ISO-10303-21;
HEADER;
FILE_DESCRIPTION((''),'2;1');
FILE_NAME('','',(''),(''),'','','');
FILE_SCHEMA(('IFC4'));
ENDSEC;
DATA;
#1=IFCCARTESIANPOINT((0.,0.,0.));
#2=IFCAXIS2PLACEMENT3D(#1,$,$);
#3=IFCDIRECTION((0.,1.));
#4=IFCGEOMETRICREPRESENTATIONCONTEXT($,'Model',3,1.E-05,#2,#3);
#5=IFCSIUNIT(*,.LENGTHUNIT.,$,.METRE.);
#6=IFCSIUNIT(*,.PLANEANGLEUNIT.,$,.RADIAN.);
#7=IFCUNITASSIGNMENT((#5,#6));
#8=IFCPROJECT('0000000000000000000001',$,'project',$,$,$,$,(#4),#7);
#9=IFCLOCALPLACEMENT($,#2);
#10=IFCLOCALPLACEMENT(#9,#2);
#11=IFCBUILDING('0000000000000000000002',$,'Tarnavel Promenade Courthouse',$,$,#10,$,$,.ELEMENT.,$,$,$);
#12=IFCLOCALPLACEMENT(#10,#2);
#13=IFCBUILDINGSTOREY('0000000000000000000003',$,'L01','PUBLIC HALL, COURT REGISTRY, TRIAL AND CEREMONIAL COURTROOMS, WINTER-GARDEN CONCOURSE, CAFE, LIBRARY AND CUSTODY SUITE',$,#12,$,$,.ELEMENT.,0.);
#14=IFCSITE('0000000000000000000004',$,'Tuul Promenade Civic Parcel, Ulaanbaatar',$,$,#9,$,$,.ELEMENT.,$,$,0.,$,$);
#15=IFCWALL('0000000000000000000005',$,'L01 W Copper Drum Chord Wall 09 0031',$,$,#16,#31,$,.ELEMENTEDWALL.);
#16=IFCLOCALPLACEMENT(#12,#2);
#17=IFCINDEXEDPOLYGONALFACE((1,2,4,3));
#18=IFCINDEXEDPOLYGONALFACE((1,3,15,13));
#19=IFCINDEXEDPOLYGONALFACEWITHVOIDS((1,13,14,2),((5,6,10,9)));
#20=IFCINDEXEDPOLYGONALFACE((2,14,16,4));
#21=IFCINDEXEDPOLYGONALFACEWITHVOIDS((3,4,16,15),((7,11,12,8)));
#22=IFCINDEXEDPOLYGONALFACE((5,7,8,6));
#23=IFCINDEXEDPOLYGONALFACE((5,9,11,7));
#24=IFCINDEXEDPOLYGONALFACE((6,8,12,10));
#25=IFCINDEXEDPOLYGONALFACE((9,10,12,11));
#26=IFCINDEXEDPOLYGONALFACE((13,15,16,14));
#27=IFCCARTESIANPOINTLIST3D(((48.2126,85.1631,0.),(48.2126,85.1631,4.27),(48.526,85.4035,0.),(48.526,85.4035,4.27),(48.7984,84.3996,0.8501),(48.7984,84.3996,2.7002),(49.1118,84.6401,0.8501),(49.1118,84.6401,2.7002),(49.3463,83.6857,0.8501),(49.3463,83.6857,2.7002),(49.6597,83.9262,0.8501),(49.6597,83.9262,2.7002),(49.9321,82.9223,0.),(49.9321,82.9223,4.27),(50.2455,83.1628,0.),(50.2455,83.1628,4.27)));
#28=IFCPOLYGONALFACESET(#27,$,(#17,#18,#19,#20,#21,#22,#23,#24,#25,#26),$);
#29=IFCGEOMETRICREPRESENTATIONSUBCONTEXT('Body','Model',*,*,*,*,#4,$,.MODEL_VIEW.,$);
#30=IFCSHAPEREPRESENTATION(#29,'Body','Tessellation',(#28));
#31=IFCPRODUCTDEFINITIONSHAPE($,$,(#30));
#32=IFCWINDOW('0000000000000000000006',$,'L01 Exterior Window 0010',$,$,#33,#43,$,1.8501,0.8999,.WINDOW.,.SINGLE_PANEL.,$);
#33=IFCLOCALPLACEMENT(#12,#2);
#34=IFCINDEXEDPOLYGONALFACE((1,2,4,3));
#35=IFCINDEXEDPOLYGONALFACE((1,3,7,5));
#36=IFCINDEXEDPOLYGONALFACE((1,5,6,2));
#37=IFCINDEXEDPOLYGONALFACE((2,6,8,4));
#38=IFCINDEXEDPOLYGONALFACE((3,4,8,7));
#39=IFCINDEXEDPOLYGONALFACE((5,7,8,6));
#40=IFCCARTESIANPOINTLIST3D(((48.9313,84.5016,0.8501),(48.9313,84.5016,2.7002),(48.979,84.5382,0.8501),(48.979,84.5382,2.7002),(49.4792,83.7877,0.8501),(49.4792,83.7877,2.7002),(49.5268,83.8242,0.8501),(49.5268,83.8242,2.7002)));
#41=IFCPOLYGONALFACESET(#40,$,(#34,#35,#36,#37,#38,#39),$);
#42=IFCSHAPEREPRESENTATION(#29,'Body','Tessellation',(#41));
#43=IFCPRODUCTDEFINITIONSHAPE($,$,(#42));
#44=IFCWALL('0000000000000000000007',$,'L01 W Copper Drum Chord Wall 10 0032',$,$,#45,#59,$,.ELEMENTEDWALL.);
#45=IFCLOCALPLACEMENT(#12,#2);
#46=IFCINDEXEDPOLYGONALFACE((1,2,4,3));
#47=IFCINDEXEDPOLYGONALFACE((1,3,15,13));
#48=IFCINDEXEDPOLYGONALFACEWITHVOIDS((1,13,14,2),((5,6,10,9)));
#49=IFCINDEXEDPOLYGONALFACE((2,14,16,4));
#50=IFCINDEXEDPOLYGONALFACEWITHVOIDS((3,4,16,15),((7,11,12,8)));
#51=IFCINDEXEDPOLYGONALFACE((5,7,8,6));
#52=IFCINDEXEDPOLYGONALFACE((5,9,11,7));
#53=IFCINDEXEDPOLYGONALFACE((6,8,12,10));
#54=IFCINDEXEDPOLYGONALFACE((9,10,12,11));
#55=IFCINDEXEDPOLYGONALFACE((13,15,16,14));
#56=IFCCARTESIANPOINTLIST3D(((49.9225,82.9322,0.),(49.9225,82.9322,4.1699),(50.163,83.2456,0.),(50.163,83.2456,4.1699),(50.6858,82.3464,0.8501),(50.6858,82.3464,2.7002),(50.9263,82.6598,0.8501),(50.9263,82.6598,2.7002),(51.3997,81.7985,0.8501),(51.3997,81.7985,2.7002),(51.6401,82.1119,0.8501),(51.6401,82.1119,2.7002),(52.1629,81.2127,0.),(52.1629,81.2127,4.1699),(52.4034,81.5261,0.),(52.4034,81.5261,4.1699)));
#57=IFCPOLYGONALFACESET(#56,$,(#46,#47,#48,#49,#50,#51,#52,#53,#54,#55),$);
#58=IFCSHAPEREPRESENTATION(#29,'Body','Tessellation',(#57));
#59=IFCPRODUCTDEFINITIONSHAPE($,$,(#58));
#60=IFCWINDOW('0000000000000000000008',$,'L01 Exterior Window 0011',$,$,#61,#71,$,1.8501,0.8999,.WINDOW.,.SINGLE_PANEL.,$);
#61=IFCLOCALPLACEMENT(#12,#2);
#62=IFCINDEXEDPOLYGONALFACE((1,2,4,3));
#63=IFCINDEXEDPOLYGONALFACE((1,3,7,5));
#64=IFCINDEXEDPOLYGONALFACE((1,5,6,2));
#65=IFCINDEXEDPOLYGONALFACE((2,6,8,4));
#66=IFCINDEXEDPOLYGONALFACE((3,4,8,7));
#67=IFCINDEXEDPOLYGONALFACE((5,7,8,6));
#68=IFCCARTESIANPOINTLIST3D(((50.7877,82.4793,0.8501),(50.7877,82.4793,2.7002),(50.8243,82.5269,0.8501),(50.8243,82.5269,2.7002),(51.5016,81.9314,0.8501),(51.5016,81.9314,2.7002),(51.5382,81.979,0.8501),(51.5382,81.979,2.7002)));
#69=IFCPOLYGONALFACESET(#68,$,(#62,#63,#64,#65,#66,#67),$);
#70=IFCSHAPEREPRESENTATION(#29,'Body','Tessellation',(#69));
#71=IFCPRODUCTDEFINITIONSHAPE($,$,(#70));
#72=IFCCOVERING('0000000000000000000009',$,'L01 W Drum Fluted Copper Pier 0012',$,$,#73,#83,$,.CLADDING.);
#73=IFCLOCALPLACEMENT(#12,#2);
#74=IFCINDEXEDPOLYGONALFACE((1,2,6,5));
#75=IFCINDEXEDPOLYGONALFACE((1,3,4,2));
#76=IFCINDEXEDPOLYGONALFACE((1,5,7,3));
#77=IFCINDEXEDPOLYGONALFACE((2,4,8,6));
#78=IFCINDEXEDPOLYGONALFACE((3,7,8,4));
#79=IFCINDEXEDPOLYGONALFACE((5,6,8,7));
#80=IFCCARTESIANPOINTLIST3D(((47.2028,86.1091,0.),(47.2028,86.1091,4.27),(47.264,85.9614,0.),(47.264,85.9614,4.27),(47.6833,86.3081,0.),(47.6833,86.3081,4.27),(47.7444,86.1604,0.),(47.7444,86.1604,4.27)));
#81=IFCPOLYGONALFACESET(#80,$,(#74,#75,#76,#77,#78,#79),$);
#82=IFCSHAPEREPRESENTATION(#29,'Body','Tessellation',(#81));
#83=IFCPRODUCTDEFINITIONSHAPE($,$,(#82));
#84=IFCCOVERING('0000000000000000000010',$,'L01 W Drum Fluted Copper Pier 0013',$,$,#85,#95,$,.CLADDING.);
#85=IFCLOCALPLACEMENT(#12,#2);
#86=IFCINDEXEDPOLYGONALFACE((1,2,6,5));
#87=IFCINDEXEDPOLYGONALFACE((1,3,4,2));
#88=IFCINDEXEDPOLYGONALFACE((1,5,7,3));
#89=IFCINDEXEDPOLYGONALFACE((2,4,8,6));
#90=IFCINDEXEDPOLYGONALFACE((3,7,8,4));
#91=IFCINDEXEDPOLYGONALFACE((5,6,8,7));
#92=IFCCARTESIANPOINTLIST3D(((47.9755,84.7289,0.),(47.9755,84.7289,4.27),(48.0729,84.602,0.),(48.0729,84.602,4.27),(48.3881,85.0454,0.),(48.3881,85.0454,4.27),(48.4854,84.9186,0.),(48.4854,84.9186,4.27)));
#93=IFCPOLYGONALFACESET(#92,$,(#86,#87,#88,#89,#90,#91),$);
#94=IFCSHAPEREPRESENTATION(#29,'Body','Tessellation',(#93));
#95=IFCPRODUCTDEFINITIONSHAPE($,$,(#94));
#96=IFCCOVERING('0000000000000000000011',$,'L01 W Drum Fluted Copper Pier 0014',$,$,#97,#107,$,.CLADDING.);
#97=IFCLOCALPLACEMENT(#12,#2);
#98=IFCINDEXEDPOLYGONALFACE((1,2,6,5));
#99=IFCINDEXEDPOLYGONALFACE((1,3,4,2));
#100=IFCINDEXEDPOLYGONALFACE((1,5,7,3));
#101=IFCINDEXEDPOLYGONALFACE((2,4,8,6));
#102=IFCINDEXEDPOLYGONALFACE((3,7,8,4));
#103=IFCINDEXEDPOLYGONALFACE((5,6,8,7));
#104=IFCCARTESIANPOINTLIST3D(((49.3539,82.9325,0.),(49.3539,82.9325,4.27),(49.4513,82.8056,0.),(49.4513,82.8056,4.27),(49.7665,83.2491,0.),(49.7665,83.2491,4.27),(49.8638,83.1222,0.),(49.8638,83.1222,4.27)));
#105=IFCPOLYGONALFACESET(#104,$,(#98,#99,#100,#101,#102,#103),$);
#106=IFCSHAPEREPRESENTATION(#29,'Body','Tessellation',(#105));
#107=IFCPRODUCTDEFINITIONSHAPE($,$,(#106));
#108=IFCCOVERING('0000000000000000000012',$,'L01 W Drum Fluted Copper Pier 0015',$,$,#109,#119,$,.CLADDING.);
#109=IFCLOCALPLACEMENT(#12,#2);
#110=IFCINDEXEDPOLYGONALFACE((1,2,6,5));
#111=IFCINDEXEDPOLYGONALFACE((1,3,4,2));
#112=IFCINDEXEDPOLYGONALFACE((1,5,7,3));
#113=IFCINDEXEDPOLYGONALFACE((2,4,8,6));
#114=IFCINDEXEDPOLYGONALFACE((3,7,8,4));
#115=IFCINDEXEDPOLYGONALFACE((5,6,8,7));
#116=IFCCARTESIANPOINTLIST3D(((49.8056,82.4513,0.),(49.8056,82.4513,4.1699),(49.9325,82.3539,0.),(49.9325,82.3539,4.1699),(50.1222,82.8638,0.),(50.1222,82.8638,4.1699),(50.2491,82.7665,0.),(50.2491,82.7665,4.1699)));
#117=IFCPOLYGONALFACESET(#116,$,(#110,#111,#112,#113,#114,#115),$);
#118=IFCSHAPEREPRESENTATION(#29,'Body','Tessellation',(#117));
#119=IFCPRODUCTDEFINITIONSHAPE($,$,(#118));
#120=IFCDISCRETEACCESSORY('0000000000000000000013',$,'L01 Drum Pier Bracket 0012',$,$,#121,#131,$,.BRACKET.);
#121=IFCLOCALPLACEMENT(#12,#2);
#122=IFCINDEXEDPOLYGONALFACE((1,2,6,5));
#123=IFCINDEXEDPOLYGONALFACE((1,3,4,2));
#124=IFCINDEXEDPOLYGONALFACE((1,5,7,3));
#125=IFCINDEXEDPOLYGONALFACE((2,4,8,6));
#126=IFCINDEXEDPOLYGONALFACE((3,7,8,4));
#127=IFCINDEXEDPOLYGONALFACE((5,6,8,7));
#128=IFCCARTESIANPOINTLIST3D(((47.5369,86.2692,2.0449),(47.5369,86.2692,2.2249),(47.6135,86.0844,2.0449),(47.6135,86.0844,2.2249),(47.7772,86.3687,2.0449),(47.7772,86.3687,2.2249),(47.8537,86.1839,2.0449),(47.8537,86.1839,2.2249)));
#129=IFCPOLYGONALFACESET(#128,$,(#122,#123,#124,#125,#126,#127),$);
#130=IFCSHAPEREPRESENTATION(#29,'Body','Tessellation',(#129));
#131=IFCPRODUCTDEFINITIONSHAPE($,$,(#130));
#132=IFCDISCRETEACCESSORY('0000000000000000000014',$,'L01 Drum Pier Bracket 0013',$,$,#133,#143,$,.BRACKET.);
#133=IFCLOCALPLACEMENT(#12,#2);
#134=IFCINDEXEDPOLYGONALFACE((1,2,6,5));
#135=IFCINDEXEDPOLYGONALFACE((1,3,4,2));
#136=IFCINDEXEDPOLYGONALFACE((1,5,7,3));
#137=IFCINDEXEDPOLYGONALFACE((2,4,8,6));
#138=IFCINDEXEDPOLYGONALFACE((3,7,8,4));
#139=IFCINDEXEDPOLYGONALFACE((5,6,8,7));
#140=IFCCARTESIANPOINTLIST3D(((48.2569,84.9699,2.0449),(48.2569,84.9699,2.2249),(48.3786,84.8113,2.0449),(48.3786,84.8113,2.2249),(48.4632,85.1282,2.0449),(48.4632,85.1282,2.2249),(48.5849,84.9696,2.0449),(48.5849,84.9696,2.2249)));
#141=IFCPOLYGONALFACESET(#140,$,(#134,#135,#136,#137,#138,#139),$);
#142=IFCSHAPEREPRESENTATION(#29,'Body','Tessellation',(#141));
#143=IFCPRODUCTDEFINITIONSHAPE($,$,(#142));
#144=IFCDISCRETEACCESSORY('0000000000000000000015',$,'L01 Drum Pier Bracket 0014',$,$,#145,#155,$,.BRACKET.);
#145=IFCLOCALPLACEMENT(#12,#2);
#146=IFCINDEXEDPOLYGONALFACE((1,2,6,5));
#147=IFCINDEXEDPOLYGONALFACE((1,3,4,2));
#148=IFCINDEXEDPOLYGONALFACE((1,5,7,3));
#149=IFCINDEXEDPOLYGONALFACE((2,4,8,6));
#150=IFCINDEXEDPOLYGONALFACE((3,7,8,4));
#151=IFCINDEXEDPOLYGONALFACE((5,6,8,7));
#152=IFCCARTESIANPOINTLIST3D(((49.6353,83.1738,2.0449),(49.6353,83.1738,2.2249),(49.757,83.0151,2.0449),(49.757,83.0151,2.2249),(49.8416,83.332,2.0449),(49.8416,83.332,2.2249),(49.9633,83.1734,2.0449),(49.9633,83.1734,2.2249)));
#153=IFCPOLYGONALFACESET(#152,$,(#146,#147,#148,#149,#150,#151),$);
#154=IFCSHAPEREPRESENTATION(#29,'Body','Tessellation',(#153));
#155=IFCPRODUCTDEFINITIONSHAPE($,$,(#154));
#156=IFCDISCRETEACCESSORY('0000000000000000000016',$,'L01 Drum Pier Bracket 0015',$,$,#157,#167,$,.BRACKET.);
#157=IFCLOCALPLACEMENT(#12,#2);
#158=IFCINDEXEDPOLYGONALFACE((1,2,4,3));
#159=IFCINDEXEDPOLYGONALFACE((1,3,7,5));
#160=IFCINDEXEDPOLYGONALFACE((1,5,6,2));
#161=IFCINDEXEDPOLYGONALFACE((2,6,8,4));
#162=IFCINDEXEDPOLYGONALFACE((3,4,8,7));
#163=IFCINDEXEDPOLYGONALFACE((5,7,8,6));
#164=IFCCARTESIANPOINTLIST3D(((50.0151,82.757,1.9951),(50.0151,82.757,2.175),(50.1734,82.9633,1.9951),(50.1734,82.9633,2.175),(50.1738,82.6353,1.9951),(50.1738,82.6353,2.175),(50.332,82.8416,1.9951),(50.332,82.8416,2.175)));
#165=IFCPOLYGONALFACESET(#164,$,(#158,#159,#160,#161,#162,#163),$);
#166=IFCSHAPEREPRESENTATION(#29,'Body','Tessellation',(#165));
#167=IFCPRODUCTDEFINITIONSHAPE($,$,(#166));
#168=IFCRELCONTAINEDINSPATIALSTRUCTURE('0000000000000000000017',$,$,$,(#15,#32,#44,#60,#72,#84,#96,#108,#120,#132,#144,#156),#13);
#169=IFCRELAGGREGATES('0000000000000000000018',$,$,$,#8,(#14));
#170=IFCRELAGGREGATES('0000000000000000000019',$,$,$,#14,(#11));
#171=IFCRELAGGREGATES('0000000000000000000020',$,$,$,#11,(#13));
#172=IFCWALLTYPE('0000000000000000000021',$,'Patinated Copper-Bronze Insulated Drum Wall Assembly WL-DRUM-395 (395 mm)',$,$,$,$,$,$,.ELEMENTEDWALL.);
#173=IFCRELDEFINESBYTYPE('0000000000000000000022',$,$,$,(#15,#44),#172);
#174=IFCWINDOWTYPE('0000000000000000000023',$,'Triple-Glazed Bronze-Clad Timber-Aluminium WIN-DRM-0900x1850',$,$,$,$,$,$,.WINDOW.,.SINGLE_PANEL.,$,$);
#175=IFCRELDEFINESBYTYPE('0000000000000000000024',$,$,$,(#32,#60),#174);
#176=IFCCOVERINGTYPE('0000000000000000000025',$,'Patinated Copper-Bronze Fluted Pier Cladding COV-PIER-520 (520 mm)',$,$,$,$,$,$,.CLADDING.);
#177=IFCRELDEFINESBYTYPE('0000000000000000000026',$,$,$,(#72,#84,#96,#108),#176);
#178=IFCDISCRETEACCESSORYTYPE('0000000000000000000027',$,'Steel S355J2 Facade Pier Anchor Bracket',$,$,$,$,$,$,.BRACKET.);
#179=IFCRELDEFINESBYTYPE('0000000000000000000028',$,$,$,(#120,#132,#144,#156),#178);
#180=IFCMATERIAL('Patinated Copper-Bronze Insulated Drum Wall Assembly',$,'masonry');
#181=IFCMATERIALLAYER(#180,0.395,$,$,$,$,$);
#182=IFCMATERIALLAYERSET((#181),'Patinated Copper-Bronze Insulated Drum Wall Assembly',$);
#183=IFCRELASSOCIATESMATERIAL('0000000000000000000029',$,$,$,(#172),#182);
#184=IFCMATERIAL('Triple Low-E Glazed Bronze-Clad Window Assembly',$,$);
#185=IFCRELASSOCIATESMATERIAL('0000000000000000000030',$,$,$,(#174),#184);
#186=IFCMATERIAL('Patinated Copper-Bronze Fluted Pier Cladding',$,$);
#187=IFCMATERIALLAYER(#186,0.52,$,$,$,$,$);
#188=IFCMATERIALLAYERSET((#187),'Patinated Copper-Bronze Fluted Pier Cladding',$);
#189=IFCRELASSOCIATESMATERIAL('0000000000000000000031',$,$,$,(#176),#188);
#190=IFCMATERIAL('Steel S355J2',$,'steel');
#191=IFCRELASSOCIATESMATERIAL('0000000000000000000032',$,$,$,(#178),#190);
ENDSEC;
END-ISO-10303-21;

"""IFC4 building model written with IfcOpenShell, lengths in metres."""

from ifc_helpers import new_model, si_unit, direction, frame, frame_2d, origin, origin_2d, place, context, subcontext, project, spatial, rectangle, extrude, material, layer, layer_set, type_object, element, fill, save


model = new_model("IFC4")

# Units and contexts
model_context = context("Model", 3, precision=1e-05, world=origin(), true_north=direction((0.0, 1.0)))
body_context = subcontext(model_context, "Body", "Model", "MODEL_VIEW")
ifc_project = project(units=[si_unit("LENGTHUNIT", "METRE"), si_unit("PLANEANGLEUNIT", "RADIAN")], contexts=[model_context])

# Site, building, storey
site_placement = place(None, origin())
site = spatial("IfcSite", under=ifc_project, at=site_placement, Name="Tuul Promenade Civic Parcel, Ulaanbaatar", CompositionType="ELEMENT", RefElevation=0.0)
building_placement = place(site_placement, origin())
building = spatial("IfcBuilding", under=site, at=building_placement, Name="Tarnavel Promenade Courthouse", CompositionType="ELEMENT")
storey_placement = place(building_placement, origin())
storey = spatial("IfcBuildingStorey", under=building, at=storey_placement, Name="L01", Description="PUBLIC HALL, COURT REGISTRY, TRIAL AND CEREMONIAL COURTROOMS, WINTER-GARDEN CONCOURSE, CAFE, LIBRARY AND CUSTODY SUITE", CompositionType="ELEMENT", Elevation=0.0)

# Shared definitions
ifc_material_1 = material(Name="Steel S355J2", Category="steel")

# Walls, openings, windows
ifc_material_2 = material(Name="Patinated Copper-Bronze Insulated Drum Wall Assembly", Category="masonry")
ifc_layer_1 = layer(ifc_material_2, 0.395)
ifc_layer_set_1 = layer_set([ifc_layer_1], Name="Patinated Copper-Bronze Insulated Drum Wall Assembly")
wall_type_1 = type_object("IfcWallType", Name="Patinated Copper-Bronze Insulated Drum Wall Assembly WL-DRUM-395 (395 mm)", PredefinedType="ELEMENTEDWALL", material=ifc_layer_set_1)
wall_1_placement = place(storey_placement, frame((48.3694, 85.2832, 0.0), z_axis=(0.0, 0.0, 1.0), x_axis=(0.608787, -0.793334, 0.0)))
wall_1 = element("IfcWall", 1, at=wall_1_placement, inside=storey, type_object=wall_type_1, Name="L01 W Copper Drum Chord Wall 09 0031", PredefinedType="ELEMENTEDWALL", context=body_context, shape_type="SweptSolid", body=[
    extrude(rectangle(XDim=2.8245, YDim=0.395, at=frame_2d((1.4121, 0.0))), origin(), (0.0, 0.0, 1.0), 4.27),
])
opening_1_placement = place(wall_1_placement, frame((0.9622, 0.0, 0.8501)))
opening_1 = element("IfcOpeningElement", 2, at=opening_1_placement, cuts=wall_1, PredefinedType="OPENING", context=body_context, shape_type="SweptSolid", body=[
    extrude(rectangle(XDim=0.8999, YDim=1.8501, at=frame_2d((0.45, 0.925))), frame((0.0, 0.2075, 0.0), z_axis=(0.0, -1.0, 0.0), x_axis=(1.0, 0.0, 0.0)), (0.0, 0.0, 1.0), 0.415),
])
ifc_material_3 = material(Name="Triple Low-E Glazed Bronze-Clad Window Assembly")
window_type = type_object("IfcWindowType", Name="Triple-Glazed Bronze-Clad Timber-Aluminium WIN-DRM-0900x1850", PartitioningType="SINGLE_PANEL", PredefinedType="WINDOW", material=ifc_material_3)
window_1_placement = place(opening_1_placement, origin())
window_1 = element("IfcWindow", 3, at=window_1_placement, inside=storey, type_object=window_type, Name="L01 Exterior Window 0010", OverallHeight=1.8501, OverallWidth=0.8999, PartitioningType="SINGLE_PANEL", PredefinedType="WINDOW", context=body_context, shape_type="SweptSolid", body=[
    extrude(rectangle(XDim=0.8999, YDim=1.8501, at=frame_2d((0.45, 0.925))), frame((0.0, 0.03, 0.0), z_axis=(0.0, -1.0, 0.0), x_axis=(1.0, 0.0, 0.0)), (0.0, 0.0, 1.0), 0.0601),
])
fill(opening_1, window_1)
wall_2_placement = place(storey_placement, frame((50.0427, 83.0889, 0.0), z_axis=(0.0, 0.0, 1.0), x_axis=(0.793302, -0.608829, 0.0)))
wall_2 = element("IfcWall", 4, at=wall_2_placement, inside=storey, type_object=wall_type_1, Name="L01 W Copper Drum Chord Wall 10 0032", PredefinedType="ELEMENTEDWALL", context=body_context, shape_type="SweptSolid", body=[
    extrude(rectangle(XDim=2.8242, YDim=0.395, at=frame_2d((1.4121, 0.0))), origin(), (0.0, 0.0, 1.0), 4.1699),
])
opening_2_placement = place(wall_2_placement, frame((0.9622, 0.0, 0.8501)))
opening_2 = element("IfcOpeningElement", 5, at=opening_2_placement, cuts=wall_2, PredefinedType="OPENING", context=body_context, shape_type="SweptSolid", body=[
    extrude(rectangle(XDim=0.8999, YDim=1.8501, at=frame_2d((0.45, 0.925))), frame((0.0, 0.2075, 0.0), z_axis=(0.0, -1.0, 0.0), x_axis=(1.0, 0.0, 0.0)), (0.0, 0.0, 1.0), 0.415),
])
window_2_placement = place(opening_2_placement, origin())
window_2 = element("IfcWindow", 6, at=window_2_placement, inside=storey, type_object=window_type, Name="L01 Exterior Window 0011", OverallHeight=1.8501, OverallWidth=0.8999, PartitioningType="SINGLE_PANEL", PredefinedType="WINDOW", context=body_context, shape_type="SweptSolid", body=[
    extrude(rectangle(XDim=0.8999, YDim=1.8501, at=frame_2d((0.45, 0.925))), frame((0.0, 0.03, 0.0), z_axis=(0.0, -1.0, 0.0), x_axis=(1.0, 0.0, 0.0)), (0.0, 0.0, 1.0), 0.0601),
])
fill(opening_2, window_2)

# Coverings
ifc_material_4 = material(Name="Patinated Copper-Bronze Fluted Pier Cladding")
ifc_layer_2 = layer(ifc_material_4, 0.52)
ifc_layer_set_2 = layer_set([ifc_layer_2], Name="Patinated Copper-Bronze Fluted Pier Cladding")
covering_type = type_object("IfcCoveringType", Name="Patinated Copper-Bronze Fluted Pier Cladding COV-PIER-520 (520 mm)", PredefinedType="CLADDING", material=ifc_layer_set_2)
for number, where, z_axis, x_axis, name in (
    (7, (47.4736, 86.1348, 0.0), (0.0, 0.0, 1.0), (0.382683, -0.92388, 0.0), "L01 W Drum Fluted Copper Pier 0012"),
    (8, (48.2305, 84.8237, 0.0), (0.0, 0.0, 1.0), (0.608761, -0.793353, 0.0), "L01 W Drum Fluted Copper Pier 0013"),
    (9, (49.6089, 83.0273, 0.0), (0.0, 0.0, 1.0), (0.608761, -0.793353, 0.0), "L01 W Drum Fluted Copper Pier 0014"),
):
    element("IfcCovering", number, at=place(storey_placement, frame(where, z_axis=z_axis, x_axis=x_axis)), inside=storey, type_object=covering_type, Name=name, PredefinedType="CLADDING", context=body_context, shape_type="SweptSolid", body=[
        extrude(rectangle(XDim=0.1599, YDim=0.52, at=origin_2d()), origin(), (0.0, 0.0, 1.0), 4.27),
    ])
covering_placement = place(storey_placement, frame((50.0273, 82.6089, 0.0), z_axis=(0.0, 0.0, 1.0), x_axis=(0.793353, -0.608761, 0.0)))
element("IfcCovering", 10, at=covering_placement, inside=storey, type_object=covering_type, Name="L01 W Drum Fluted Copper Pier 0015", PredefinedType="CLADDING", context=body_context, shape_type="SweptSolid", body=[
    extrude(rectangle(XDim=0.1599, YDim=0.52, at=origin_2d()), origin(), (0.0, 0.0, 1.0), 4.1699),
])

# Discrete accessories
discrete_accessory_type = type_object("IfcDiscreteAccessoryType", Name="Steel S355J2 Facade Pier Anchor Bracket", PredefinedType="BRACKET", material=ifc_material_1)
for number, where, z_axis, x_axis, name in (
    (11, (47.6953, 86.2266, 2.0449), (0.0, 0.0, 1.0), (0.382683, -0.92388, 0.0), "L01 Drum Pier Bracket 0012"),
    (12, (48.4209, 84.9697, 2.0449), (0.0, 0.0, 1.0), (0.608761, -0.793353, 0.0), "L01 Drum Pier Bracket 0013"),
    (13, (49.7993, 83.1736, 2.0449), (0.0, 0.0, 1.0), (0.608761, -0.793353, 0.0), "L01 Drum Pier Bracket 0014"),
    (14, (50.1736, 82.7993, 1.9951), (0.0, 0.0, 1.0), (0.793353, -0.608761, 0.0), "L01 Drum Pier Bracket 0015"),
):
    element("IfcDiscreteAccessory", number, at=place(storey_placement, frame(where, z_axis=z_axis, x_axis=x_axis)), inside=storey, type_object=discrete_accessory_type, Name=name, PredefinedType="BRACKET", context=body_context, shape_type="SweptSolid", body=[
        extrude(rectangle(XDim=0.2, YDim=0.26, at=origin_2d()), origin(), (0.0, 0.0, 1.0), 0.1799),
    ])

save(model, "model.ifc")
